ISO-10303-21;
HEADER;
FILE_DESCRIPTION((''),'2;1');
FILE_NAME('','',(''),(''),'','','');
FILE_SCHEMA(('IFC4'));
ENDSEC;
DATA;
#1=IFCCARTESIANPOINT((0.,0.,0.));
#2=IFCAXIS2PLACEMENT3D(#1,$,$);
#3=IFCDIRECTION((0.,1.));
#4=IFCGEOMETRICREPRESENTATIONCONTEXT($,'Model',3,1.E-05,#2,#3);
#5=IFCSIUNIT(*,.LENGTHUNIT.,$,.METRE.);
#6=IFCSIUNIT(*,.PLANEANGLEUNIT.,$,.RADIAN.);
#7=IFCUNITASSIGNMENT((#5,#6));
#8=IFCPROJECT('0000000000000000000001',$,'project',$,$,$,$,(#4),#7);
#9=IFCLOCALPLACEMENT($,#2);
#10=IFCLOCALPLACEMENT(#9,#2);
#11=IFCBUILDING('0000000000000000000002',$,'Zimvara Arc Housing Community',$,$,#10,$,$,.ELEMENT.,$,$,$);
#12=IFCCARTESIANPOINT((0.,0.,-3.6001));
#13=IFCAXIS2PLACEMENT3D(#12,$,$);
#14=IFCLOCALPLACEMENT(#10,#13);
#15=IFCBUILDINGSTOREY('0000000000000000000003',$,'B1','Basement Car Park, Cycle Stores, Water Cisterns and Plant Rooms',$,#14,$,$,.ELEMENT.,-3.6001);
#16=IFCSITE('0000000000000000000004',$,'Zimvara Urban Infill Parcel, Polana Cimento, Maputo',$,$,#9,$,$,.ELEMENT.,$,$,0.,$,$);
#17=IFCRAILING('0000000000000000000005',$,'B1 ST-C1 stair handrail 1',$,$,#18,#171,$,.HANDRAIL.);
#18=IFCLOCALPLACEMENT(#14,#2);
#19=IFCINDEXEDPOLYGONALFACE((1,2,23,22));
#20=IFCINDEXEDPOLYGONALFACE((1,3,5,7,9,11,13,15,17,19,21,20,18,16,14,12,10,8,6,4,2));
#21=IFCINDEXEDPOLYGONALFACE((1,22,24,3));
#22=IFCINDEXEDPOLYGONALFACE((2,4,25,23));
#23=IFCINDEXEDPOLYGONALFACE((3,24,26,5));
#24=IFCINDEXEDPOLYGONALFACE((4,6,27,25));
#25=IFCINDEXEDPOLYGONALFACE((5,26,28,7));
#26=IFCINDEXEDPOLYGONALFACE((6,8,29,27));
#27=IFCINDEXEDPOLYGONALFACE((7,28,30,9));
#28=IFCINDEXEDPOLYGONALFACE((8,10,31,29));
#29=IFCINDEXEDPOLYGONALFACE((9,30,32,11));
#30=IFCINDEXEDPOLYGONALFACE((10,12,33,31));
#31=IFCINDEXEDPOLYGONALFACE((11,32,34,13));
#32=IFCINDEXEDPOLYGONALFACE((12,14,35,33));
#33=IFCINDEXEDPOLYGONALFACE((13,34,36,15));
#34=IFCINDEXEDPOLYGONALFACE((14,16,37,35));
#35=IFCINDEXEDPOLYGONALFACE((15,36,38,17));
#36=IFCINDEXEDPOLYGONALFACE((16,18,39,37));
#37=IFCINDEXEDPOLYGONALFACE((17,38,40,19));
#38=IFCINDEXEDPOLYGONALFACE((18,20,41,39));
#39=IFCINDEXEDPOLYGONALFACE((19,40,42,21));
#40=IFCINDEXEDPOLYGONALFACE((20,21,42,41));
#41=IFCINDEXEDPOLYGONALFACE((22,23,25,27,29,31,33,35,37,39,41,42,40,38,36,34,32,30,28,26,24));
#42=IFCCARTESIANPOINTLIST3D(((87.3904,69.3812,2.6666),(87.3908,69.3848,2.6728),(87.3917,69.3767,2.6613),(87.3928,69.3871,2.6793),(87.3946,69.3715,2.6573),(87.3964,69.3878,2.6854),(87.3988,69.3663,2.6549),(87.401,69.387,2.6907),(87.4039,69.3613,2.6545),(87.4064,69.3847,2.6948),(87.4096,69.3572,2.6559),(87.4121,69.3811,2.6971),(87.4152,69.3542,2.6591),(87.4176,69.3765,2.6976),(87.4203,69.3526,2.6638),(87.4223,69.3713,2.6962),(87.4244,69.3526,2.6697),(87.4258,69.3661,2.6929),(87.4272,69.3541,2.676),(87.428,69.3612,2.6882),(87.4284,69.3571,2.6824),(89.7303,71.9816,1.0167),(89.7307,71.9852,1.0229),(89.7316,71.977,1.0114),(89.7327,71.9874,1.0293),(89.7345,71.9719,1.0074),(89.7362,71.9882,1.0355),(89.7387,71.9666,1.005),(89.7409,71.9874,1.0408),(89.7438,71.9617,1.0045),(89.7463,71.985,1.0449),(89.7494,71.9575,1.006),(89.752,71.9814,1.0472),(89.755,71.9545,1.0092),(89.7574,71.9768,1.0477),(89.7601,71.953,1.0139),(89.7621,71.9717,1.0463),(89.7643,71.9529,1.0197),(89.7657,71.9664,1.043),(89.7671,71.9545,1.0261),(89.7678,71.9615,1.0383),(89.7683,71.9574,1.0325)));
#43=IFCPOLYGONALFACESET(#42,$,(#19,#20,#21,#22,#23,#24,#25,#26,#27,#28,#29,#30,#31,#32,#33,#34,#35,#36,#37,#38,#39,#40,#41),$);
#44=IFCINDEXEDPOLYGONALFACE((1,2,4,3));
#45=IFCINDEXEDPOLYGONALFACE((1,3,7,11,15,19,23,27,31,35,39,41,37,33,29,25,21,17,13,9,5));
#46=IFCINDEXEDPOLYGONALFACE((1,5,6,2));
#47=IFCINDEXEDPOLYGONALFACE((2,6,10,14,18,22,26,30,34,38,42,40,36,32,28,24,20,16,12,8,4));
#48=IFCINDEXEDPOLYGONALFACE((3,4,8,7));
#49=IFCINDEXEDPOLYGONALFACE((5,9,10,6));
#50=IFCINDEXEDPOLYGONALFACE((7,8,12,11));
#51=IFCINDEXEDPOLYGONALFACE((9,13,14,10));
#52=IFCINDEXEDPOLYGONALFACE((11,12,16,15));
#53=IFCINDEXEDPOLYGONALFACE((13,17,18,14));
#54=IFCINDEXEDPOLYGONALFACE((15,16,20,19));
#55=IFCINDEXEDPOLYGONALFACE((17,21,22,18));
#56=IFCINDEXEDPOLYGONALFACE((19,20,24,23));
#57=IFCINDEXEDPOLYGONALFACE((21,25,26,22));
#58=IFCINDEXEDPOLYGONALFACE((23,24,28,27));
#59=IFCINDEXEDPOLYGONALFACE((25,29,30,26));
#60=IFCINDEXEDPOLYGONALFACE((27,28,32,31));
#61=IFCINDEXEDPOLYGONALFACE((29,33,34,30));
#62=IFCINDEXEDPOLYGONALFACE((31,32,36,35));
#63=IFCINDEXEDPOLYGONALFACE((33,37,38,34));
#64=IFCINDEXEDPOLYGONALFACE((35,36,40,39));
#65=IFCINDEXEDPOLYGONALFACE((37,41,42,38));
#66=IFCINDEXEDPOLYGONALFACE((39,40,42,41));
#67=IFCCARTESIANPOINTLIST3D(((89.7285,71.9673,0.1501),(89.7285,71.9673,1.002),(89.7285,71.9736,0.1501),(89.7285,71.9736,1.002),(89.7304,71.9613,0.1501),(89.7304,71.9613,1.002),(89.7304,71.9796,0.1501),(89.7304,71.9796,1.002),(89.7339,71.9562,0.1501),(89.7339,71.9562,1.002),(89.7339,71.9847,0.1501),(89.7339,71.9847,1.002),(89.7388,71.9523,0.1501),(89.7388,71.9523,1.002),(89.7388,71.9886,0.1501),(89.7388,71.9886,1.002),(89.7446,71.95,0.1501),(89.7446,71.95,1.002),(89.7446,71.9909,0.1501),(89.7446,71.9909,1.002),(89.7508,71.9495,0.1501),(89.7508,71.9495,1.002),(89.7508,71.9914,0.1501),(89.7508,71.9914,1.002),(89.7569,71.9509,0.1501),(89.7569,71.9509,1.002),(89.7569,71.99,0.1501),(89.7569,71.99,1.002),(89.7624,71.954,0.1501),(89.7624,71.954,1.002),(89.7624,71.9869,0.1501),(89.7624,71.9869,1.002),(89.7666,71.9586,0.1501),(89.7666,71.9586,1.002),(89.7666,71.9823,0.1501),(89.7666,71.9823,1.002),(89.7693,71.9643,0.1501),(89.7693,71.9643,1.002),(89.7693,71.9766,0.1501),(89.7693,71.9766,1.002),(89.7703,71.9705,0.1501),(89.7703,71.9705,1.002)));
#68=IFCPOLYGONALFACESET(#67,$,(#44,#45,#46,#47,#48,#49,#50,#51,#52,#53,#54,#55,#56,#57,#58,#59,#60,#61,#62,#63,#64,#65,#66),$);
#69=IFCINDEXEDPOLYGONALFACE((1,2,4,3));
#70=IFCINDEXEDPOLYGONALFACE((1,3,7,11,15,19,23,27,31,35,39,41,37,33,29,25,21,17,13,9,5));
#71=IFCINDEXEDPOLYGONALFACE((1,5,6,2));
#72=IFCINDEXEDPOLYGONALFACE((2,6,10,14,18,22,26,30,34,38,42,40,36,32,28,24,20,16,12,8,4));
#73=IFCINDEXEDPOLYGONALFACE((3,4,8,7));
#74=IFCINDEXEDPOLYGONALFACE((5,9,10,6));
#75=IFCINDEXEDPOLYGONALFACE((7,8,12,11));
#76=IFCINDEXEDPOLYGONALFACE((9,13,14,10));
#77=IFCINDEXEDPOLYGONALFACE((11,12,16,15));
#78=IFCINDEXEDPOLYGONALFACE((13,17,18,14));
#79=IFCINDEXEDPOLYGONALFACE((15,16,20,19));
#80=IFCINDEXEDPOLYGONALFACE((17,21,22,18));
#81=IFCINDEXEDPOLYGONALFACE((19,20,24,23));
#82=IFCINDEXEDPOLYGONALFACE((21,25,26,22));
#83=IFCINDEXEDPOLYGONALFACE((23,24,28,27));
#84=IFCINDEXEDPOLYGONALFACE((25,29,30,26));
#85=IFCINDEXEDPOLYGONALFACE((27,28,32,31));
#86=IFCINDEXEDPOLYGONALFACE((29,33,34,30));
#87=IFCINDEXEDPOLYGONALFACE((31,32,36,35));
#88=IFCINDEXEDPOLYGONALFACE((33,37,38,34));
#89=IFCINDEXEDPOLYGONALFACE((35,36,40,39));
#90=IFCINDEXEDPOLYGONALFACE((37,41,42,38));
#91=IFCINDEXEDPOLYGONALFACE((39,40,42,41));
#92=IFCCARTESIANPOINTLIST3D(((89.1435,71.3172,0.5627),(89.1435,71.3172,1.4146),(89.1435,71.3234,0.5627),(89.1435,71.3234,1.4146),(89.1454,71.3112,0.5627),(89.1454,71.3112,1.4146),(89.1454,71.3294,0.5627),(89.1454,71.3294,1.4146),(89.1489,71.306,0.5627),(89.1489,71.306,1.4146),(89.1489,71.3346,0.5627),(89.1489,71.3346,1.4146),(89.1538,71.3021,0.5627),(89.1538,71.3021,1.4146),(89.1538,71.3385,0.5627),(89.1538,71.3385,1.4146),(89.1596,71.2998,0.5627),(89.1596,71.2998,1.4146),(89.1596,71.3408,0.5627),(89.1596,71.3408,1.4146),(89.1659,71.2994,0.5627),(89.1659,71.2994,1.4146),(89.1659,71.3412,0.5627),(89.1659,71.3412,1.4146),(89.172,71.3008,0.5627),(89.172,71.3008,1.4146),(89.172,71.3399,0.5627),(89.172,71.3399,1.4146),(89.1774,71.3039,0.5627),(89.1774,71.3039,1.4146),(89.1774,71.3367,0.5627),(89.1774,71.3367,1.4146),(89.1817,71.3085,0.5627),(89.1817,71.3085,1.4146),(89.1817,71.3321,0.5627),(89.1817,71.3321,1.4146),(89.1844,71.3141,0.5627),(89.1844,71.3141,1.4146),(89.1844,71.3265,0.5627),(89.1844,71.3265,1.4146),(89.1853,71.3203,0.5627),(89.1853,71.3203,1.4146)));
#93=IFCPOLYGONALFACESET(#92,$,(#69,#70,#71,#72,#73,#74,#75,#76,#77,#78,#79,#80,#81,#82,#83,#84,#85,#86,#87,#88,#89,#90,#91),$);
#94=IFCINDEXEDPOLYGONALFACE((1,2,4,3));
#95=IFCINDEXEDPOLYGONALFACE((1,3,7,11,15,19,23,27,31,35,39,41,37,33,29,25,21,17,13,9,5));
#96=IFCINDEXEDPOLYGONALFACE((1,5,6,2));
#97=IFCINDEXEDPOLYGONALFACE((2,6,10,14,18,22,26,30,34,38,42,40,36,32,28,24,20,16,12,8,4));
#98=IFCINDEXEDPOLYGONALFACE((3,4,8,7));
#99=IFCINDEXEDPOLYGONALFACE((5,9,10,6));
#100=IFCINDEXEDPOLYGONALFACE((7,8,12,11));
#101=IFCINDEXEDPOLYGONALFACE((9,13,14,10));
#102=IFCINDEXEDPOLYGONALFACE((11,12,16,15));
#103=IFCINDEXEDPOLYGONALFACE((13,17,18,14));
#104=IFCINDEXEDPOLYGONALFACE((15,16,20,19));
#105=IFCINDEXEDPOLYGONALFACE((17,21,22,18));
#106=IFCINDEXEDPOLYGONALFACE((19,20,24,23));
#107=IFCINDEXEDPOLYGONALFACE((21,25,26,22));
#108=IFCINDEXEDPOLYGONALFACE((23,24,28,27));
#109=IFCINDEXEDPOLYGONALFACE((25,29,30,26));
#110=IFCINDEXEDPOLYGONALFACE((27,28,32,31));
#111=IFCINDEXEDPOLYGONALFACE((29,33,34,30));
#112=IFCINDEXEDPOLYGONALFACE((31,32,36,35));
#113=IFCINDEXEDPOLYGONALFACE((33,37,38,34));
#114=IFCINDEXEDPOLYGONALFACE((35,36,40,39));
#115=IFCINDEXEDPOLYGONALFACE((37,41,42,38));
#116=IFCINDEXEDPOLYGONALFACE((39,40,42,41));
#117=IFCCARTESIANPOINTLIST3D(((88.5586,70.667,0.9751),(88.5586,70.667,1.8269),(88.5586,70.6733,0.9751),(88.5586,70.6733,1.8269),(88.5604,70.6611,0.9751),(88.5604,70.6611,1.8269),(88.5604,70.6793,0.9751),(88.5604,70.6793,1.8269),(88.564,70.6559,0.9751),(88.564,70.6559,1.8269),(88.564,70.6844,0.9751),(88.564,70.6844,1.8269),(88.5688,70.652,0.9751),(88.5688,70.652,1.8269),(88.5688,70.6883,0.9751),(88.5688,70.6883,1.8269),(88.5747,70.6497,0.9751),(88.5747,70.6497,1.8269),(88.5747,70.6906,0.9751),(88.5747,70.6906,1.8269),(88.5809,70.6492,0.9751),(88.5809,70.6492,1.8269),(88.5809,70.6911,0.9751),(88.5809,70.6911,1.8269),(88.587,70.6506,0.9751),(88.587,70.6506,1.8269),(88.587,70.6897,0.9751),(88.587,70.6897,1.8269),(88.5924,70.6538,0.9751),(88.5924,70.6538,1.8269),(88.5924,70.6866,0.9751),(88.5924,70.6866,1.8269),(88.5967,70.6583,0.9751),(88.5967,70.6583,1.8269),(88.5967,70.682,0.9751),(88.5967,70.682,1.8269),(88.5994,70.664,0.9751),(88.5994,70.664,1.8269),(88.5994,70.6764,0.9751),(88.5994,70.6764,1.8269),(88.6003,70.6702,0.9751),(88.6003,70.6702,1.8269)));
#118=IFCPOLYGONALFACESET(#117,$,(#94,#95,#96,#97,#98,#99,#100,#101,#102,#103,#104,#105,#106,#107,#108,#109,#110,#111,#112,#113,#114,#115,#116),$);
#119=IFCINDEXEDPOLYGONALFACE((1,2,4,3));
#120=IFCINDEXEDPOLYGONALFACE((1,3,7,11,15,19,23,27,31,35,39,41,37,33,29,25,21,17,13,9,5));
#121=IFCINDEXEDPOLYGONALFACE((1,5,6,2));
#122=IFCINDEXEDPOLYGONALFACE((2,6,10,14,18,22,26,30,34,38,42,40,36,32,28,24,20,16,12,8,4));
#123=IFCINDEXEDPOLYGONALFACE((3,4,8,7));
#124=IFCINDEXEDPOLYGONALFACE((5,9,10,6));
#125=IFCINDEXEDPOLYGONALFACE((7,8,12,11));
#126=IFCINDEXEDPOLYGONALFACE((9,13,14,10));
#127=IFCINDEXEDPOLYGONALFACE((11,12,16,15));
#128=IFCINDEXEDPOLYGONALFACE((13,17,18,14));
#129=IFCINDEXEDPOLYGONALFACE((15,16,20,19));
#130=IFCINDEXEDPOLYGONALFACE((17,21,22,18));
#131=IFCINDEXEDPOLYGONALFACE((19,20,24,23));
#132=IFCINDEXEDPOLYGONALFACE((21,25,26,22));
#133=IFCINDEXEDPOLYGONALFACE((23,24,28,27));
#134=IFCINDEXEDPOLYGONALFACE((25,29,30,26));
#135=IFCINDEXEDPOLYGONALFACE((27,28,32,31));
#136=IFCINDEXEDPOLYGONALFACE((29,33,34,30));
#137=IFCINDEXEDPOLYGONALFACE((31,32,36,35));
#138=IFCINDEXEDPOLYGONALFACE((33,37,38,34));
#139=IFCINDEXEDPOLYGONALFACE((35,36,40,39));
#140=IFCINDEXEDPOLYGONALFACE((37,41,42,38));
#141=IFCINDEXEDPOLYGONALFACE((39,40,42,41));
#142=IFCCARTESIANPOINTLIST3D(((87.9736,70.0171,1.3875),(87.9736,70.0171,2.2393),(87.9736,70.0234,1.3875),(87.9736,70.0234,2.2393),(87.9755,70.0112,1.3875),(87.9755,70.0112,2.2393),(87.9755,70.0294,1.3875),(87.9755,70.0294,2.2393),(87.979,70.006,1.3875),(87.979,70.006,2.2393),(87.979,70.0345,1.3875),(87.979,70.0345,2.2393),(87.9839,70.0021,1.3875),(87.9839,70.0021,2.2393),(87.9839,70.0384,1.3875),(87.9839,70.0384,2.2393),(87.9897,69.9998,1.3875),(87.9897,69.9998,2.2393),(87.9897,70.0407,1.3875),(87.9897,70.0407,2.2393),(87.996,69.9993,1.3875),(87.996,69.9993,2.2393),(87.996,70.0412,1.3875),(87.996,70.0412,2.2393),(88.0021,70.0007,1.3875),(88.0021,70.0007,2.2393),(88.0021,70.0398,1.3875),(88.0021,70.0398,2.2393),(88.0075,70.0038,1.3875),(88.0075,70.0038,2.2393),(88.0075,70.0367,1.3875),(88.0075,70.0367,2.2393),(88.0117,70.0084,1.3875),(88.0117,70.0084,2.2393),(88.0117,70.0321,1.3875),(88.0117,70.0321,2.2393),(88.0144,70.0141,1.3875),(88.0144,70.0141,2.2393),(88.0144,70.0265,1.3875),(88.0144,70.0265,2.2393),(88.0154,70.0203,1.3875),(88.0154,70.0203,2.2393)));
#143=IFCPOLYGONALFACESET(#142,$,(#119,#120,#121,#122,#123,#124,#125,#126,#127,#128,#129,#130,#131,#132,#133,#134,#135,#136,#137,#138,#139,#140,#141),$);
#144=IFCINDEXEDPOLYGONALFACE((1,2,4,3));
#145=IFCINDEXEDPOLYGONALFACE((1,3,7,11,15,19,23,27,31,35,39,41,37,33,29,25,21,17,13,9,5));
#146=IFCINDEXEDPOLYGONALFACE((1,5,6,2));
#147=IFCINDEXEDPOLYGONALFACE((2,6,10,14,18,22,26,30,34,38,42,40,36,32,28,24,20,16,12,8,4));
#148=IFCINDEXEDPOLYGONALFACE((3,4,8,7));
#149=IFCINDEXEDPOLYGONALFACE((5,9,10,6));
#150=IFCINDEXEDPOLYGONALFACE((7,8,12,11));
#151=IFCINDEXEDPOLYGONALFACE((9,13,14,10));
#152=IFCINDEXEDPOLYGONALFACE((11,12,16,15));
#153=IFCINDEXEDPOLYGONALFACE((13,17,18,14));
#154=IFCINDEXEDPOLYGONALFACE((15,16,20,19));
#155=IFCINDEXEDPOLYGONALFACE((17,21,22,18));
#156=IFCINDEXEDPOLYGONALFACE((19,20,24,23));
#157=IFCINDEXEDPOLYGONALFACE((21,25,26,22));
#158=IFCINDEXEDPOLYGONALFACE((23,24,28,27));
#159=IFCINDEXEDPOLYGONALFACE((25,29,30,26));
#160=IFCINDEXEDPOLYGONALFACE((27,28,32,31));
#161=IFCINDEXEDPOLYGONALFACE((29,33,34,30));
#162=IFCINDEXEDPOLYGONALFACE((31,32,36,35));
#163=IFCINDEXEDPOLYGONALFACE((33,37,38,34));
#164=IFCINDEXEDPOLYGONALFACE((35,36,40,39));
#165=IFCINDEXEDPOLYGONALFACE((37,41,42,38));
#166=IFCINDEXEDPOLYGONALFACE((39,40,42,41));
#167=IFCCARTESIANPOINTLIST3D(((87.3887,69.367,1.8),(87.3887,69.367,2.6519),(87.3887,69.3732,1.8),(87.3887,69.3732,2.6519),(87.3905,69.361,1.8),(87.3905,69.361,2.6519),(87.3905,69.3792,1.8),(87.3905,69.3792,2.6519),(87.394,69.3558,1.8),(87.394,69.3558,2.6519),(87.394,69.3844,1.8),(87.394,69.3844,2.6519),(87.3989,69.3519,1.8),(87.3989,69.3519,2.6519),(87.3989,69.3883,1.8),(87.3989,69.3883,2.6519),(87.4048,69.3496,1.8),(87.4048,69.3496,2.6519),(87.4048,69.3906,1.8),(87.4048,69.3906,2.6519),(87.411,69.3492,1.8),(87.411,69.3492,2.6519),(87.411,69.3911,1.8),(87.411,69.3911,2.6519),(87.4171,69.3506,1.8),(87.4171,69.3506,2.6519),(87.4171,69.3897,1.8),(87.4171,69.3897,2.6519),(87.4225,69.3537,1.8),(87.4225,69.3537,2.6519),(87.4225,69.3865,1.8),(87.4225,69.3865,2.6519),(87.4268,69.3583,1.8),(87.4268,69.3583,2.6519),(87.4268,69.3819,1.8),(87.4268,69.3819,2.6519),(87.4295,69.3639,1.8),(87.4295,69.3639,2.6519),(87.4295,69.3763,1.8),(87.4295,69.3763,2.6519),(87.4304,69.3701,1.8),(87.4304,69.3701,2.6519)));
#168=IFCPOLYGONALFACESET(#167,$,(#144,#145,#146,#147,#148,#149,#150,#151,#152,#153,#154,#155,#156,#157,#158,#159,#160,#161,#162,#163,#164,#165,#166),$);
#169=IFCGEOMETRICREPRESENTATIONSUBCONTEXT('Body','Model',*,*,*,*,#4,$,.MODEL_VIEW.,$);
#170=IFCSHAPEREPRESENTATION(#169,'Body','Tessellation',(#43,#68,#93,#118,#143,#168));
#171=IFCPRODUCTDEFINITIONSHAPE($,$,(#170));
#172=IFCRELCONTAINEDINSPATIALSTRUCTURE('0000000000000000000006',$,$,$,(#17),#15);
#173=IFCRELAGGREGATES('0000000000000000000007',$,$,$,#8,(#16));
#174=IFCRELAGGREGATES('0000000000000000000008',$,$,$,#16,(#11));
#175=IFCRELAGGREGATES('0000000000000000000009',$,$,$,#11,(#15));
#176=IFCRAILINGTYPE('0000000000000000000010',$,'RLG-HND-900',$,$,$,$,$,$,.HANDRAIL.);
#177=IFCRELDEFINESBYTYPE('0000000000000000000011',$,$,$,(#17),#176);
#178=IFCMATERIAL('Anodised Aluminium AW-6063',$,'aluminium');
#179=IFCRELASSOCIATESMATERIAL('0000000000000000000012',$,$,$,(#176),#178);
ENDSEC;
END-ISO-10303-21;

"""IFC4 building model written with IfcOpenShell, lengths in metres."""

from ifc_helpers import new_model, si_unit, direction, frame, origin, origin_2d, place, context, subcontext, project, spatial, circle, extrude, material, type_object, element, save


model = new_model("IFC4")

# Units and contexts
model_context = context("Model", 3, precision=1e-05, world=origin(), true_north=direction((0.0, 1.0)))
body_context = subcontext(model_context, "Body", "Model", "MODEL_VIEW")
ifc_project = project(units=[si_unit("LENGTHUNIT", "METRE"), si_unit("PLANEANGLEUNIT", "RADIAN")], contexts=[model_context])

# Site, building, storey
site_placement = place(None, origin())
site = spatial("IfcSite", under=ifc_project, at=site_placement, Name="Zimvara Urban Infill Parcel, Polana Cimento, Maputo", CompositionType="ELEMENT", RefElevation=0.0)
building_placement = place(site_placement, origin())
building = spatial("IfcBuilding", under=site, at=building_placement, Name="Zimvara Arc Housing Community", CompositionType="ELEMENT")
storey_placement = place(building_placement, frame((0.0, 0.0, -3.6001)))
storey = spatial("IfcBuildingStorey", under=building, at=storey_placement, Name="B1", Description="Basement Car Park, Cycle Stores, Water Cisterns and Plant Rooms", CompositionType="ELEMENT", Elevation=-3.6001)

# Railing
ifc_material_1 = material(Name="Anodised Aluminium AW-6063", Category="aluminium")
railing_type_1 = type_object("IfcRailingType", Name="RLG-HND-900", PredefinedType="HANDRAIL", material=ifc_material_1)
railing_1_placement = place(storey_placement, frame((89.7493, 71.9705, 0.1501)))
element("IfcRailing", 1, at=railing_1_placement, inside=storey, type_object=railing_type_1, Name="B1 ST-C1 stair handrail 1", PredefinedType="HANDRAIL", context=body_context, shape_type="SweptSolid", body=[
    extrude(circle(Radius=0.0239, at=origin_2d()), frame((0.0, 0.0, 0.876), z_axis=(-0.604976, -0.672329, 0.426589), x_axis=(0.74336, -0.668891, 0.0)), (0.0, 0.0, 1.0), 3.8677),
    extrude(circle(Radius=0.021, at=origin_2d()), origin(), (0.0, 0.0, 1.0), 0.8518),
    extrude(circle(Radius=0.021, at=origin_2d()), frame((-0.585, -0.6501, 0.4126)), (0.0, 0.0, 1.0), 0.8518),
    extrude(circle(Radius=0.021, at=origin_2d()), frame((-1.1699, -1.3003, 0.825)), (0.0, 0.0, 1.0), 0.8518),
    extrude(circle(Radius=0.021, at=origin_2d()), frame((-1.7549, -1.9502, 1.2373)), (0.0, 0.0, 1.0), 0.8518),
    extrude(circle(Radius=0.021, at=origin_2d()), frame((-2.3398, -2.6003, 1.6499)), (0.0, 0.0, 1.0), 0.8518),
])

save(model, "model.ifc")
